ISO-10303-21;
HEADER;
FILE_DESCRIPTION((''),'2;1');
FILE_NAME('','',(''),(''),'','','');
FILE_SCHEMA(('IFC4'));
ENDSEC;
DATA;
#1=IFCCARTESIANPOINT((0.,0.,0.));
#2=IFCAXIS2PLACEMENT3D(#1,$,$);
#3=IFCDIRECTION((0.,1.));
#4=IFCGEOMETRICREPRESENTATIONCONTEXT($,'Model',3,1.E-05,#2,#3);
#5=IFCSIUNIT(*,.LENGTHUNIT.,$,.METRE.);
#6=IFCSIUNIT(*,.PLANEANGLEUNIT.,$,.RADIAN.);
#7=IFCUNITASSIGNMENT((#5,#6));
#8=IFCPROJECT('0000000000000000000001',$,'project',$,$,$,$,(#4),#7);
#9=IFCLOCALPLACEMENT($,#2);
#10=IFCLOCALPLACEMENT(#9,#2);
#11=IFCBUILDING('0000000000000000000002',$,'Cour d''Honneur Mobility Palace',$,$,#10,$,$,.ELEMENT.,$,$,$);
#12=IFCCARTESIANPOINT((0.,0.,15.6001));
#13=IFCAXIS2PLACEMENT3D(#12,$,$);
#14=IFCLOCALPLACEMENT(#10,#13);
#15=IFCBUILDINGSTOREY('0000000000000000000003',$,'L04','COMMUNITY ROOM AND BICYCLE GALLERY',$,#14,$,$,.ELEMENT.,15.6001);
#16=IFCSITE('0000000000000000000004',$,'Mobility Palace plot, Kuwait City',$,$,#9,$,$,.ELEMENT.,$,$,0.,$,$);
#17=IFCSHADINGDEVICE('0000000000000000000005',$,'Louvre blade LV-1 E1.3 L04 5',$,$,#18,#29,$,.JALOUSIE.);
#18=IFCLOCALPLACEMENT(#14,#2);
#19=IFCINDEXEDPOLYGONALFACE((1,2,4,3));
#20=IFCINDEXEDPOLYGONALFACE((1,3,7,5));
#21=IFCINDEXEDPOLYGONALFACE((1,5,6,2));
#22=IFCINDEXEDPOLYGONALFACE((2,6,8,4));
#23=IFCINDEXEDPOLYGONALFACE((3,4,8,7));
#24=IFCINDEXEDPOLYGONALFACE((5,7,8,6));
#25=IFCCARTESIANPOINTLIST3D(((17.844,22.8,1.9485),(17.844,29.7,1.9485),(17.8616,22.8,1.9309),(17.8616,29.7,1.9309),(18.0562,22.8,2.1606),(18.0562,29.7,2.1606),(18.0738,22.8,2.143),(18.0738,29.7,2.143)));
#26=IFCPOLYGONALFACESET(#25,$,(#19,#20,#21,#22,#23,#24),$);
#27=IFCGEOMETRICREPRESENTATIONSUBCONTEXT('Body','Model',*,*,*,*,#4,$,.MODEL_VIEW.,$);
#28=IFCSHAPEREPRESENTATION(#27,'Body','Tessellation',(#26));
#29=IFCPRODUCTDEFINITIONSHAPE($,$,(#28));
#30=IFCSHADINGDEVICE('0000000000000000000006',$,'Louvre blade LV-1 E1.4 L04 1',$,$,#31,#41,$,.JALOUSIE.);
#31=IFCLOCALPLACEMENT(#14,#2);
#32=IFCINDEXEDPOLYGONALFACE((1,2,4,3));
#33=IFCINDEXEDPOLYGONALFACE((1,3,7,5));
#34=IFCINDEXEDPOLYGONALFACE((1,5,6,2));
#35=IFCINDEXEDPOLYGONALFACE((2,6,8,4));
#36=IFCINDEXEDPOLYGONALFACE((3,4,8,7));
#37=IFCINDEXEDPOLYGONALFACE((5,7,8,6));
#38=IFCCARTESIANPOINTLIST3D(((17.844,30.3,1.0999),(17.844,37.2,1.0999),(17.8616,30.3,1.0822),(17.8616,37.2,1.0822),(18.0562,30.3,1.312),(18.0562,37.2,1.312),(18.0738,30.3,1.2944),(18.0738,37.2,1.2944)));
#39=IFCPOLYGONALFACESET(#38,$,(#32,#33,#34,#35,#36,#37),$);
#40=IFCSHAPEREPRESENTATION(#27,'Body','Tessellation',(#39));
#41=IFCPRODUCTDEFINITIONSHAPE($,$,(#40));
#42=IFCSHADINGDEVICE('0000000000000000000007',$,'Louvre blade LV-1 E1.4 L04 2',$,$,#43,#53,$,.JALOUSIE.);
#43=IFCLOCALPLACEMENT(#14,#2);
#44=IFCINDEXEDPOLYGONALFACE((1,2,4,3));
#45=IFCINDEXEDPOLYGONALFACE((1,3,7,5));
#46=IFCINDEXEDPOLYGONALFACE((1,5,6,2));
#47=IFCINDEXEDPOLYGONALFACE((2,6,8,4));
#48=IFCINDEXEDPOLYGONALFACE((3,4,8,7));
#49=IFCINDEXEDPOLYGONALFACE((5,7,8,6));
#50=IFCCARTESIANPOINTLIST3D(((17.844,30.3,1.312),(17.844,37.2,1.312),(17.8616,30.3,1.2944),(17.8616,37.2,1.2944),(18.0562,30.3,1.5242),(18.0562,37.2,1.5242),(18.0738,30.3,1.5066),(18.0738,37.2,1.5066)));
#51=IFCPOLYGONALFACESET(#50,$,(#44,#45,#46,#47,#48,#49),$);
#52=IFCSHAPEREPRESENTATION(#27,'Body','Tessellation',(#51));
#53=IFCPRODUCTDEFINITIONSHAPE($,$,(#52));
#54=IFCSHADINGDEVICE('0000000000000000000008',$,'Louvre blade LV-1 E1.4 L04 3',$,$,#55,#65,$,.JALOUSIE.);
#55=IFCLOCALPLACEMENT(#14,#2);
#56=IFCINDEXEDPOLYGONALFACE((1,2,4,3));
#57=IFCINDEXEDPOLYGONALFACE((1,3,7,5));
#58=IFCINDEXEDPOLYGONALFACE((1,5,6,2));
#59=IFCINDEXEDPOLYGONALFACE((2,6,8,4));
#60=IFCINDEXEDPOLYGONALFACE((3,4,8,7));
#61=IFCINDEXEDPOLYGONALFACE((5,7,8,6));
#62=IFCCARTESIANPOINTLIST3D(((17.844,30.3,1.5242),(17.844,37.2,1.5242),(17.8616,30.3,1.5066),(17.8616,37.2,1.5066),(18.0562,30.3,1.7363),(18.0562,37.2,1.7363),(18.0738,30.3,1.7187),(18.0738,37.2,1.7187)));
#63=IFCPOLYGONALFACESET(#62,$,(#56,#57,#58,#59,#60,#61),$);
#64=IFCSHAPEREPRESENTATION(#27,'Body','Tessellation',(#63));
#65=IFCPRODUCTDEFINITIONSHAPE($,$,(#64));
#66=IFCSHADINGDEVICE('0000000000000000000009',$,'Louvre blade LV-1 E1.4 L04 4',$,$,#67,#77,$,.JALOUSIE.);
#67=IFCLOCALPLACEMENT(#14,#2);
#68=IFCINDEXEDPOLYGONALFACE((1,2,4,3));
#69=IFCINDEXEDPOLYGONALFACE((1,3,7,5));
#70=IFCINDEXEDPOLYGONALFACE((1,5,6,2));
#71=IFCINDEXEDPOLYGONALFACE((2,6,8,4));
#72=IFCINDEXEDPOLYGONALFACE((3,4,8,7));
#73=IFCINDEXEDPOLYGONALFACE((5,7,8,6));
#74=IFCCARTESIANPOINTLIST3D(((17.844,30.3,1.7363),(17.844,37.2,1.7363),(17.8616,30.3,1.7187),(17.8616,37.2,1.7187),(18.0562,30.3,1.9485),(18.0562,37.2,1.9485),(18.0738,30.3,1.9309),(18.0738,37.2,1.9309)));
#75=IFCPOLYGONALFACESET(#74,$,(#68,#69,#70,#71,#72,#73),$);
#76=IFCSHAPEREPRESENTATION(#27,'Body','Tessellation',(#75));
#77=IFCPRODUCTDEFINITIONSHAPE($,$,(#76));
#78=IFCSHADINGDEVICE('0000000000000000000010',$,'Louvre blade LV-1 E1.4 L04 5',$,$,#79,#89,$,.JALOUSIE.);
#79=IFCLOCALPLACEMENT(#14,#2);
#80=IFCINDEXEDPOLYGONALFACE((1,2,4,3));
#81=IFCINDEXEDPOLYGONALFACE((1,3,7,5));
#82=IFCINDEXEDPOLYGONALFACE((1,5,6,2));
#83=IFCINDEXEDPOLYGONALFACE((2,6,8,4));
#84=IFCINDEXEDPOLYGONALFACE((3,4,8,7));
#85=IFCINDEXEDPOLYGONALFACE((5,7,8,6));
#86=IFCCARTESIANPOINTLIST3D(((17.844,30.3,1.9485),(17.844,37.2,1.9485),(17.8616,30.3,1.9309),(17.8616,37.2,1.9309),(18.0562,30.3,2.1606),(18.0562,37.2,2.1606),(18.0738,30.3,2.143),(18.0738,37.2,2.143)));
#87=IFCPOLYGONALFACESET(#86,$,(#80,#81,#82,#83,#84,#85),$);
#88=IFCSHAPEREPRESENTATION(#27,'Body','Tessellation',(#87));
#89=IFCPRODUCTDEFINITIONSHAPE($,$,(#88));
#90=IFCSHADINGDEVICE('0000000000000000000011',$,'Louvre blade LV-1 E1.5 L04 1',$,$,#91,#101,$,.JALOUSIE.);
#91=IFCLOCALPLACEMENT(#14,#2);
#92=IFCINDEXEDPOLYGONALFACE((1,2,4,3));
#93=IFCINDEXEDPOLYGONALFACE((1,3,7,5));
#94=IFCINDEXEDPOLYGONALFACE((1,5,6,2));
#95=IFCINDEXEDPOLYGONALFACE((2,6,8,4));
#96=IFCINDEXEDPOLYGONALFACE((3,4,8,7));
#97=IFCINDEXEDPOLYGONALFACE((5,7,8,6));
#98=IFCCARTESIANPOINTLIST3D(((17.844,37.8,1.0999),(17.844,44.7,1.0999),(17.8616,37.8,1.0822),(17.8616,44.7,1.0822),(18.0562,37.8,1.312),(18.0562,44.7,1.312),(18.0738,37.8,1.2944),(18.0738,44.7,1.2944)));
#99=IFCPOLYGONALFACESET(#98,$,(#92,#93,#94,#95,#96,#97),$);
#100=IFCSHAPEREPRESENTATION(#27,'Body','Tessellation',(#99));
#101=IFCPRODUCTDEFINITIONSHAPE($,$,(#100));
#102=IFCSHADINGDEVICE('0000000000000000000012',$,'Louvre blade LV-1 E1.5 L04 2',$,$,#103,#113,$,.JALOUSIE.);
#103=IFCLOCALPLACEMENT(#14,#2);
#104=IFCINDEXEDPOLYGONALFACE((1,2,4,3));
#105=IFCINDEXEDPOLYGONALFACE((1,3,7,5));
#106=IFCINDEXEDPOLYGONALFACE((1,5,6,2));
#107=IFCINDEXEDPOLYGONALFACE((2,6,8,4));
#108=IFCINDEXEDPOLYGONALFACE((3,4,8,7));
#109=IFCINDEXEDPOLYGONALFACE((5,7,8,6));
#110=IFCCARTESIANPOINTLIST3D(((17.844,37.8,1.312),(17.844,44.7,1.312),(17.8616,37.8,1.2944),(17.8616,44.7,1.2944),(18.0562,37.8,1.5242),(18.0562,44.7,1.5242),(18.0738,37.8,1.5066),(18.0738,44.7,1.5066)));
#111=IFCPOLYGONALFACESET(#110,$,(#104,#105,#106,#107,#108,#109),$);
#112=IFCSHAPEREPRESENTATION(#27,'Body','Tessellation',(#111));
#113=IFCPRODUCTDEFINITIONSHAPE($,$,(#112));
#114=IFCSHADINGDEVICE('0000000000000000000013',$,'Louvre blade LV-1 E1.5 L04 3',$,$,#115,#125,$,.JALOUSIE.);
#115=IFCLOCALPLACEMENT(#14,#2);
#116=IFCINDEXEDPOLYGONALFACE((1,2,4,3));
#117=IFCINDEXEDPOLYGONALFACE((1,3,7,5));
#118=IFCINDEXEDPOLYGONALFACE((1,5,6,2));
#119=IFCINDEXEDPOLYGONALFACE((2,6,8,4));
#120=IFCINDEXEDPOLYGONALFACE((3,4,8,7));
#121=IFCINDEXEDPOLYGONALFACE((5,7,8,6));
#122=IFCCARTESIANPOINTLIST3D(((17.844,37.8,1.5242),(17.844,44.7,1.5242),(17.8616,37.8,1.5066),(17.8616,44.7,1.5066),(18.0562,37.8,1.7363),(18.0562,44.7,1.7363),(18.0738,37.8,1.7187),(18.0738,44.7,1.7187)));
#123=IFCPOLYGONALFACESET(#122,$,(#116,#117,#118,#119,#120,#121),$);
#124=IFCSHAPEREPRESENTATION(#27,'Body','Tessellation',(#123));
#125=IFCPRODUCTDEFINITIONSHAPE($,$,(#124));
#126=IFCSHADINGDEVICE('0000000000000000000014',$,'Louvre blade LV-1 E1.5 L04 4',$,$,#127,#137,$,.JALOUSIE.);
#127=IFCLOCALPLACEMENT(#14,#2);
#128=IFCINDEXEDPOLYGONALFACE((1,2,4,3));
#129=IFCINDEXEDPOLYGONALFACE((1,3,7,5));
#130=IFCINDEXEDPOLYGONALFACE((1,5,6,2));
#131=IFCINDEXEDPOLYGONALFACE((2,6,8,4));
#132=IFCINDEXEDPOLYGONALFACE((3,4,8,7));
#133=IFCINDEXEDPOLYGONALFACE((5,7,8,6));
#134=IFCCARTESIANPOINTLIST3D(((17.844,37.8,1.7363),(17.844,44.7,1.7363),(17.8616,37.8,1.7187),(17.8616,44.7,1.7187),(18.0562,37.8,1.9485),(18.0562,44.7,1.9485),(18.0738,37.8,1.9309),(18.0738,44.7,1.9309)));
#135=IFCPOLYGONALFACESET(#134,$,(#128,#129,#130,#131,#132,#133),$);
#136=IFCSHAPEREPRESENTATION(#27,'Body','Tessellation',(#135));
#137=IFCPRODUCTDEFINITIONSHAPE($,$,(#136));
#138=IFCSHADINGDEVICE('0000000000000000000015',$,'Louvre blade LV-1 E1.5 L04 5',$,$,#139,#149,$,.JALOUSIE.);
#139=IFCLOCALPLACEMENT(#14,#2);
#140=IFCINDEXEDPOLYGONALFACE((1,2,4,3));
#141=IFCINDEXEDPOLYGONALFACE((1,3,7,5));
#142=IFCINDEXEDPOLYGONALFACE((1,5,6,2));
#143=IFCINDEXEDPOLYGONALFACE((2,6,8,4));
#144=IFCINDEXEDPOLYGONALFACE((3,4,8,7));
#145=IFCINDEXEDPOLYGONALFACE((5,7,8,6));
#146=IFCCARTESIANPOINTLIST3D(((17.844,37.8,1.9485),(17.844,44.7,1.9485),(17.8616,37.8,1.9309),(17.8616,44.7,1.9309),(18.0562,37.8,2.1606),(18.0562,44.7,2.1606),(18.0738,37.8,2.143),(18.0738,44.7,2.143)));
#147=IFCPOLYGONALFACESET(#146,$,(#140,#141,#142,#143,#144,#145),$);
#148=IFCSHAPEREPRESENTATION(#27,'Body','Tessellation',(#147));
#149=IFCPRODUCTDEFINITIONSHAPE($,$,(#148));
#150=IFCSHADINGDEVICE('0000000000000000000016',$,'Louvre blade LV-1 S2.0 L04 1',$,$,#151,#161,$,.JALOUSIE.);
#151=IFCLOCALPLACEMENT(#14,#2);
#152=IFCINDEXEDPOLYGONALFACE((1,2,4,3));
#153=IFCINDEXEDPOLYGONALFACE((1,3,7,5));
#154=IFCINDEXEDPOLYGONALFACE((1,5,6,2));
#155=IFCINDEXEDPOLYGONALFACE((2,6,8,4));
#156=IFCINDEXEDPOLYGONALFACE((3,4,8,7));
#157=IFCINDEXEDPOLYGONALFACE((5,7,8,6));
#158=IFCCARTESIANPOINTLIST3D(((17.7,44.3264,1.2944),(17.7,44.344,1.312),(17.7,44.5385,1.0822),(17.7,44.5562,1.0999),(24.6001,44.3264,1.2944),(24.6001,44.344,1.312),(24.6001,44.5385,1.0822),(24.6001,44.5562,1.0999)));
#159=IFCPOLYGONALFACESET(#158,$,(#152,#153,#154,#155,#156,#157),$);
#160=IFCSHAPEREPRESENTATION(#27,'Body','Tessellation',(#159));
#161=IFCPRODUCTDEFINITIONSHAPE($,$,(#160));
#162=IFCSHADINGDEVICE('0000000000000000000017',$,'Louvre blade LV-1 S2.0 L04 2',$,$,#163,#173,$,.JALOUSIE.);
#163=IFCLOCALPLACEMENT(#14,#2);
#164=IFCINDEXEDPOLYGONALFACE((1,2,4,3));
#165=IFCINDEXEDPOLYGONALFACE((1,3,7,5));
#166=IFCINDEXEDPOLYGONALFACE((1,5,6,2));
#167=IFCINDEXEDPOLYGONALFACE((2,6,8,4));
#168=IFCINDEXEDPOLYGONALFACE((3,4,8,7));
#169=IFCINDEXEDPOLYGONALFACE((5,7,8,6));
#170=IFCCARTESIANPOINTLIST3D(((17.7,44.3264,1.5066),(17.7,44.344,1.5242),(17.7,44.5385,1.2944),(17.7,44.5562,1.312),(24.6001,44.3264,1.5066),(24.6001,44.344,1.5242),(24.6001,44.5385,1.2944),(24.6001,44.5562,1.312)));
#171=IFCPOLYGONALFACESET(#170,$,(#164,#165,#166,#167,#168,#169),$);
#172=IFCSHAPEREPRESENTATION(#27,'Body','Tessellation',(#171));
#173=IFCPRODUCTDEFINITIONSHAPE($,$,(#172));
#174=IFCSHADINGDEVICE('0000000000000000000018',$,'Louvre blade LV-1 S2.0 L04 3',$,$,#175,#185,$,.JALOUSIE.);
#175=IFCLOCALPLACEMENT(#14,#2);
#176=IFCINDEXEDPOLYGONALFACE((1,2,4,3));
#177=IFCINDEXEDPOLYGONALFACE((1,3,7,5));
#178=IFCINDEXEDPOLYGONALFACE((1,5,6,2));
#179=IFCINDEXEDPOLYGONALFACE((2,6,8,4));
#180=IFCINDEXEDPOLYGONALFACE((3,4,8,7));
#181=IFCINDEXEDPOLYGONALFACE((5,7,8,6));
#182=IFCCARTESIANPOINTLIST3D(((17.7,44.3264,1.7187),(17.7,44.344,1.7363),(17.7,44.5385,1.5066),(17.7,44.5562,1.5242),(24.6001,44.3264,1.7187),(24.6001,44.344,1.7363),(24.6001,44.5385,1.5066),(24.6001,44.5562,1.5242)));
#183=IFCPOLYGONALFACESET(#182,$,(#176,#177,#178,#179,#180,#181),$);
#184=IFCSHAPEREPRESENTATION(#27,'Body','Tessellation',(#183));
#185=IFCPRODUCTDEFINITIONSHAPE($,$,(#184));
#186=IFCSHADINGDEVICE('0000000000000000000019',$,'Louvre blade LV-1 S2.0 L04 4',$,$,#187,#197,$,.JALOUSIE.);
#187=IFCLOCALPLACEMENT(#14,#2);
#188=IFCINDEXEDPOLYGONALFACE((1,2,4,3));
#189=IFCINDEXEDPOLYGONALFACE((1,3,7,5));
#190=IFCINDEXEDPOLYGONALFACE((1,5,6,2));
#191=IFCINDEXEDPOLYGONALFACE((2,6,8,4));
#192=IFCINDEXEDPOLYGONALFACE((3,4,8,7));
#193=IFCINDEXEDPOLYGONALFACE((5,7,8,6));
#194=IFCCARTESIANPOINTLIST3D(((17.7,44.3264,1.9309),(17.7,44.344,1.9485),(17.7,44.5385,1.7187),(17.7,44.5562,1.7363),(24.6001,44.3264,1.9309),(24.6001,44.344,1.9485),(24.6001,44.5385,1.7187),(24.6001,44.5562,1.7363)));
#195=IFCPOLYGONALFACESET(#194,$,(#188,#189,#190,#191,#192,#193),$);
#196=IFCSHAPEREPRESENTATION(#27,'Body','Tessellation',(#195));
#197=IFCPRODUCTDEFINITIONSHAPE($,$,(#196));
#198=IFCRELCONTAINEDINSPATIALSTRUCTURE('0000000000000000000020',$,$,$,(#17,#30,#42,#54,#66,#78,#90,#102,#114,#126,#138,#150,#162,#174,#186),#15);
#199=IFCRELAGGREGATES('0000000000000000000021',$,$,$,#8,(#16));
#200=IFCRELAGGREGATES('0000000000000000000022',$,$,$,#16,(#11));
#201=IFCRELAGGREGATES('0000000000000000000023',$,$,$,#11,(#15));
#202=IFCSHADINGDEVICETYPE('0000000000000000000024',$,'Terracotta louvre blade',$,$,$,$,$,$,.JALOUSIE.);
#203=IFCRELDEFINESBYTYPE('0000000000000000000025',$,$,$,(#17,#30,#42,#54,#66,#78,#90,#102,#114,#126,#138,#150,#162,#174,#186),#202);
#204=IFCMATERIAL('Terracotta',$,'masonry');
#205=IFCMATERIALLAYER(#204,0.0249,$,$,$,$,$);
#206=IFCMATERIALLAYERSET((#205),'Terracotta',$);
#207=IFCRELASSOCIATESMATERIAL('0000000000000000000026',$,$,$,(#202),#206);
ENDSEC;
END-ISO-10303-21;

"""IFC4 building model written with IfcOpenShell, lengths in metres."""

from ifc_helpers import new_model, si_unit, direction, frame, origin, place, context, subcontext, project, spatial, polyline, outline, extrude, material, layer, layer_set, type_object, element, save


model = new_model("IFC4")

# Units and contexts
model_context = context("Model", 3, precision=1e-05, world=origin(), true_north=direction((0.0, 1.0)))
body_context = subcontext(model_context, "Body", "Model", "MODEL_VIEW")
ifc_project = project(units=[si_unit("LENGTHUNIT", "METRE"), si_unit("PLANEANGLEUNIT", "RADIAN")], contexts=[model_context])

# Site, building, storey
site_placement = place(None, origin())
site = spatial("IfcSite", under=ifc_project, at=site_placement, Name="Mobility Palace plot, Kuwait City", CompositionType="ELEMENT", RefElevation=0.0)
building_placement = place(site_placement, origin())
building = spatial("IfcBuilding", under=site, at=building_placement, Name="Cour d'Honneur Mobility Palace", CompositionType="ELEMENT")
storey_placement = place(building_placement, frame((0.0, 0.0, 15.6001)))
storey = spatial("IfcBuildingStorey", under=building, at=storey_placement, Name="L04", Description="COMMUNITY ROOM AND BICYCLE GALLERY", CompositionType="ELEMENT", Elevation=15.6001)

# Shading devices
ifc_material_1 = material(Name="Terracotta", Category="masonry")
ifc_layer_1 = layer(ifc_material_1, 0.0249)
ifc_layer_set_1 = layer_set([ifc_layer_1], Name="Terracotta")
shading_device_type = type_object("IfcShadingDeviceType", Name="Terracotta louvre blade", PredefinedType="JALOUSIE", material=ifc_layer_set_1)
for number, where, z_axis, x_axis, name in (
    (1, (17.844, 22.8, 1.9485), (-0.707107, 0.0, 0.707107), (0.0, 1.0, 0.0), "Louvre blade LV-1 E1.3 L04 5"),
    (2, (17.844, 30.3, 1.0999), (-0.707107, 0.0, 0.707107), (0.0, 1.0, 0.0), "Louvre blade LV-1 E1.4 L04 1"),
    (3, (17.844, 30.3, 1.312), (-0.707107, 0.0, 0.707107), (0.0, 1.0, 0.0), "Louvre blade LV-1 E1.4 L04 2"),
    (4, (17.844, 30.3, 1.5242), (-0.707107, 0.0, 0.707107), (0.0, 1.0, 0.0), "Louvre blade LV-1 E1.4 L04 3"),
    (5, (17.844, 30.3, 1.7363), (-0.707107, 0.0, 0.707107), (0.0, 1.0, 0.0), "Louvre blade LV-1 E1.4 L04 4"),
    (6, (17.844, 30.3, 1.9485), (-0.707107, 0.0, 0.707107), (0.0, 1.0, 0.0), "Louvre blade LV-1 E1.4 L04 5"),
    (7, (17.844, 37.8, 1.0999), (-0.707107, 0.0, 0.707107), (0.0, 1.0, 0.0), "Louvre blade LV-1 E1.5 L04 1"),
    (8, (17.844, 37.8, 1.312), (-0.707107, 0.0, 0.707107), (0.0, 1.0, 0.0), "Louvre blade LV-1 E1.5 L04 2"),
    (9, (17.844, 37.8, 1.5242), (-0.707107, 0.0, 0.707107), (0.0, 1.0, 0.0), "Louvre blade LV-1 E1.5 L04 3"),
    (10, (17.844, 37.8, 1.7363), (-0.707107, 0.0, 0.707107), (0.0, 1.0, 0.0), "Louvre blade LV-1 E1.5 L04 4"),
    (11, (17.844, 37.8, 1.9485), (-0.707107, 0.0, 0.707107), (0.0, 1.0, 0.0), "Louvre blade LV-1 E1.5 L04 5"),
):
    element("IfcShadingDevice", number, at=place(storey_placement, frame(where, z_axis=z_axis, x_axis=x_axis)), inside=storey, type_object=shading_device_type, Name=name, PredefinedType="JALOUSIE", context=body_context, shape_type="SweptSolid", body=[
        extrude(outline(polyline([(0.0, 0.0), (6.8999, 0.0), (6.8999, -0.3), (0.0, -0.3), (0.0, 0.0)])), origin(), (0.0, 0.0, -1.0), 0.0249),
    ])
for number, where, z_axis, x_axis, name in (
    (12, (17.7, 44.5562, 1.0999), (0.0, 0.707107, 0.707107), (1.0, 0.0, 0.0), "Louvre blade LV-1 S2.0 L04 1"),
    (13, (17.7, 44.5562, 1.312), (0.0, 0.707107, 0.707107), (1.0, 0.0, 0.0), "Louvre blade LV-1 S2.0 L04 2"),
    (14, (17.7, 44.5562, 1.5242), (0.0, 0.707107, 0.707107), (1.0, 0.0, 0.0), "Louvre blade LV-1 S2.0 L04 3"),
    (15, (17.7, 44.5562, 1.7363), (0.0, 0.707107, 0.707107), (1.0, 0.0, 0.0), "Louvre blade LV-1 S2.0 L04 4"),
):
    element("IfcShadingDevice", number, at=place(storey_placement, frame(where, z_axis=z_axis, x_axis=x_axis)), inside=storey, type_object=shading_device_type, Name=name, PredefinedType="JALOUSIE", context=body_context, shape_type="SweptSolid", body=[
        extrude(outline(polyline([(0.0, 0.0), (6.9001, 0.0), (6.9001, -0.3), (0.0, -0.3), (0.0, 0.0)])), origin(), (0.0, 0.0, -1.0), 0.0249),
    ])

save(model, "model.ifc")
